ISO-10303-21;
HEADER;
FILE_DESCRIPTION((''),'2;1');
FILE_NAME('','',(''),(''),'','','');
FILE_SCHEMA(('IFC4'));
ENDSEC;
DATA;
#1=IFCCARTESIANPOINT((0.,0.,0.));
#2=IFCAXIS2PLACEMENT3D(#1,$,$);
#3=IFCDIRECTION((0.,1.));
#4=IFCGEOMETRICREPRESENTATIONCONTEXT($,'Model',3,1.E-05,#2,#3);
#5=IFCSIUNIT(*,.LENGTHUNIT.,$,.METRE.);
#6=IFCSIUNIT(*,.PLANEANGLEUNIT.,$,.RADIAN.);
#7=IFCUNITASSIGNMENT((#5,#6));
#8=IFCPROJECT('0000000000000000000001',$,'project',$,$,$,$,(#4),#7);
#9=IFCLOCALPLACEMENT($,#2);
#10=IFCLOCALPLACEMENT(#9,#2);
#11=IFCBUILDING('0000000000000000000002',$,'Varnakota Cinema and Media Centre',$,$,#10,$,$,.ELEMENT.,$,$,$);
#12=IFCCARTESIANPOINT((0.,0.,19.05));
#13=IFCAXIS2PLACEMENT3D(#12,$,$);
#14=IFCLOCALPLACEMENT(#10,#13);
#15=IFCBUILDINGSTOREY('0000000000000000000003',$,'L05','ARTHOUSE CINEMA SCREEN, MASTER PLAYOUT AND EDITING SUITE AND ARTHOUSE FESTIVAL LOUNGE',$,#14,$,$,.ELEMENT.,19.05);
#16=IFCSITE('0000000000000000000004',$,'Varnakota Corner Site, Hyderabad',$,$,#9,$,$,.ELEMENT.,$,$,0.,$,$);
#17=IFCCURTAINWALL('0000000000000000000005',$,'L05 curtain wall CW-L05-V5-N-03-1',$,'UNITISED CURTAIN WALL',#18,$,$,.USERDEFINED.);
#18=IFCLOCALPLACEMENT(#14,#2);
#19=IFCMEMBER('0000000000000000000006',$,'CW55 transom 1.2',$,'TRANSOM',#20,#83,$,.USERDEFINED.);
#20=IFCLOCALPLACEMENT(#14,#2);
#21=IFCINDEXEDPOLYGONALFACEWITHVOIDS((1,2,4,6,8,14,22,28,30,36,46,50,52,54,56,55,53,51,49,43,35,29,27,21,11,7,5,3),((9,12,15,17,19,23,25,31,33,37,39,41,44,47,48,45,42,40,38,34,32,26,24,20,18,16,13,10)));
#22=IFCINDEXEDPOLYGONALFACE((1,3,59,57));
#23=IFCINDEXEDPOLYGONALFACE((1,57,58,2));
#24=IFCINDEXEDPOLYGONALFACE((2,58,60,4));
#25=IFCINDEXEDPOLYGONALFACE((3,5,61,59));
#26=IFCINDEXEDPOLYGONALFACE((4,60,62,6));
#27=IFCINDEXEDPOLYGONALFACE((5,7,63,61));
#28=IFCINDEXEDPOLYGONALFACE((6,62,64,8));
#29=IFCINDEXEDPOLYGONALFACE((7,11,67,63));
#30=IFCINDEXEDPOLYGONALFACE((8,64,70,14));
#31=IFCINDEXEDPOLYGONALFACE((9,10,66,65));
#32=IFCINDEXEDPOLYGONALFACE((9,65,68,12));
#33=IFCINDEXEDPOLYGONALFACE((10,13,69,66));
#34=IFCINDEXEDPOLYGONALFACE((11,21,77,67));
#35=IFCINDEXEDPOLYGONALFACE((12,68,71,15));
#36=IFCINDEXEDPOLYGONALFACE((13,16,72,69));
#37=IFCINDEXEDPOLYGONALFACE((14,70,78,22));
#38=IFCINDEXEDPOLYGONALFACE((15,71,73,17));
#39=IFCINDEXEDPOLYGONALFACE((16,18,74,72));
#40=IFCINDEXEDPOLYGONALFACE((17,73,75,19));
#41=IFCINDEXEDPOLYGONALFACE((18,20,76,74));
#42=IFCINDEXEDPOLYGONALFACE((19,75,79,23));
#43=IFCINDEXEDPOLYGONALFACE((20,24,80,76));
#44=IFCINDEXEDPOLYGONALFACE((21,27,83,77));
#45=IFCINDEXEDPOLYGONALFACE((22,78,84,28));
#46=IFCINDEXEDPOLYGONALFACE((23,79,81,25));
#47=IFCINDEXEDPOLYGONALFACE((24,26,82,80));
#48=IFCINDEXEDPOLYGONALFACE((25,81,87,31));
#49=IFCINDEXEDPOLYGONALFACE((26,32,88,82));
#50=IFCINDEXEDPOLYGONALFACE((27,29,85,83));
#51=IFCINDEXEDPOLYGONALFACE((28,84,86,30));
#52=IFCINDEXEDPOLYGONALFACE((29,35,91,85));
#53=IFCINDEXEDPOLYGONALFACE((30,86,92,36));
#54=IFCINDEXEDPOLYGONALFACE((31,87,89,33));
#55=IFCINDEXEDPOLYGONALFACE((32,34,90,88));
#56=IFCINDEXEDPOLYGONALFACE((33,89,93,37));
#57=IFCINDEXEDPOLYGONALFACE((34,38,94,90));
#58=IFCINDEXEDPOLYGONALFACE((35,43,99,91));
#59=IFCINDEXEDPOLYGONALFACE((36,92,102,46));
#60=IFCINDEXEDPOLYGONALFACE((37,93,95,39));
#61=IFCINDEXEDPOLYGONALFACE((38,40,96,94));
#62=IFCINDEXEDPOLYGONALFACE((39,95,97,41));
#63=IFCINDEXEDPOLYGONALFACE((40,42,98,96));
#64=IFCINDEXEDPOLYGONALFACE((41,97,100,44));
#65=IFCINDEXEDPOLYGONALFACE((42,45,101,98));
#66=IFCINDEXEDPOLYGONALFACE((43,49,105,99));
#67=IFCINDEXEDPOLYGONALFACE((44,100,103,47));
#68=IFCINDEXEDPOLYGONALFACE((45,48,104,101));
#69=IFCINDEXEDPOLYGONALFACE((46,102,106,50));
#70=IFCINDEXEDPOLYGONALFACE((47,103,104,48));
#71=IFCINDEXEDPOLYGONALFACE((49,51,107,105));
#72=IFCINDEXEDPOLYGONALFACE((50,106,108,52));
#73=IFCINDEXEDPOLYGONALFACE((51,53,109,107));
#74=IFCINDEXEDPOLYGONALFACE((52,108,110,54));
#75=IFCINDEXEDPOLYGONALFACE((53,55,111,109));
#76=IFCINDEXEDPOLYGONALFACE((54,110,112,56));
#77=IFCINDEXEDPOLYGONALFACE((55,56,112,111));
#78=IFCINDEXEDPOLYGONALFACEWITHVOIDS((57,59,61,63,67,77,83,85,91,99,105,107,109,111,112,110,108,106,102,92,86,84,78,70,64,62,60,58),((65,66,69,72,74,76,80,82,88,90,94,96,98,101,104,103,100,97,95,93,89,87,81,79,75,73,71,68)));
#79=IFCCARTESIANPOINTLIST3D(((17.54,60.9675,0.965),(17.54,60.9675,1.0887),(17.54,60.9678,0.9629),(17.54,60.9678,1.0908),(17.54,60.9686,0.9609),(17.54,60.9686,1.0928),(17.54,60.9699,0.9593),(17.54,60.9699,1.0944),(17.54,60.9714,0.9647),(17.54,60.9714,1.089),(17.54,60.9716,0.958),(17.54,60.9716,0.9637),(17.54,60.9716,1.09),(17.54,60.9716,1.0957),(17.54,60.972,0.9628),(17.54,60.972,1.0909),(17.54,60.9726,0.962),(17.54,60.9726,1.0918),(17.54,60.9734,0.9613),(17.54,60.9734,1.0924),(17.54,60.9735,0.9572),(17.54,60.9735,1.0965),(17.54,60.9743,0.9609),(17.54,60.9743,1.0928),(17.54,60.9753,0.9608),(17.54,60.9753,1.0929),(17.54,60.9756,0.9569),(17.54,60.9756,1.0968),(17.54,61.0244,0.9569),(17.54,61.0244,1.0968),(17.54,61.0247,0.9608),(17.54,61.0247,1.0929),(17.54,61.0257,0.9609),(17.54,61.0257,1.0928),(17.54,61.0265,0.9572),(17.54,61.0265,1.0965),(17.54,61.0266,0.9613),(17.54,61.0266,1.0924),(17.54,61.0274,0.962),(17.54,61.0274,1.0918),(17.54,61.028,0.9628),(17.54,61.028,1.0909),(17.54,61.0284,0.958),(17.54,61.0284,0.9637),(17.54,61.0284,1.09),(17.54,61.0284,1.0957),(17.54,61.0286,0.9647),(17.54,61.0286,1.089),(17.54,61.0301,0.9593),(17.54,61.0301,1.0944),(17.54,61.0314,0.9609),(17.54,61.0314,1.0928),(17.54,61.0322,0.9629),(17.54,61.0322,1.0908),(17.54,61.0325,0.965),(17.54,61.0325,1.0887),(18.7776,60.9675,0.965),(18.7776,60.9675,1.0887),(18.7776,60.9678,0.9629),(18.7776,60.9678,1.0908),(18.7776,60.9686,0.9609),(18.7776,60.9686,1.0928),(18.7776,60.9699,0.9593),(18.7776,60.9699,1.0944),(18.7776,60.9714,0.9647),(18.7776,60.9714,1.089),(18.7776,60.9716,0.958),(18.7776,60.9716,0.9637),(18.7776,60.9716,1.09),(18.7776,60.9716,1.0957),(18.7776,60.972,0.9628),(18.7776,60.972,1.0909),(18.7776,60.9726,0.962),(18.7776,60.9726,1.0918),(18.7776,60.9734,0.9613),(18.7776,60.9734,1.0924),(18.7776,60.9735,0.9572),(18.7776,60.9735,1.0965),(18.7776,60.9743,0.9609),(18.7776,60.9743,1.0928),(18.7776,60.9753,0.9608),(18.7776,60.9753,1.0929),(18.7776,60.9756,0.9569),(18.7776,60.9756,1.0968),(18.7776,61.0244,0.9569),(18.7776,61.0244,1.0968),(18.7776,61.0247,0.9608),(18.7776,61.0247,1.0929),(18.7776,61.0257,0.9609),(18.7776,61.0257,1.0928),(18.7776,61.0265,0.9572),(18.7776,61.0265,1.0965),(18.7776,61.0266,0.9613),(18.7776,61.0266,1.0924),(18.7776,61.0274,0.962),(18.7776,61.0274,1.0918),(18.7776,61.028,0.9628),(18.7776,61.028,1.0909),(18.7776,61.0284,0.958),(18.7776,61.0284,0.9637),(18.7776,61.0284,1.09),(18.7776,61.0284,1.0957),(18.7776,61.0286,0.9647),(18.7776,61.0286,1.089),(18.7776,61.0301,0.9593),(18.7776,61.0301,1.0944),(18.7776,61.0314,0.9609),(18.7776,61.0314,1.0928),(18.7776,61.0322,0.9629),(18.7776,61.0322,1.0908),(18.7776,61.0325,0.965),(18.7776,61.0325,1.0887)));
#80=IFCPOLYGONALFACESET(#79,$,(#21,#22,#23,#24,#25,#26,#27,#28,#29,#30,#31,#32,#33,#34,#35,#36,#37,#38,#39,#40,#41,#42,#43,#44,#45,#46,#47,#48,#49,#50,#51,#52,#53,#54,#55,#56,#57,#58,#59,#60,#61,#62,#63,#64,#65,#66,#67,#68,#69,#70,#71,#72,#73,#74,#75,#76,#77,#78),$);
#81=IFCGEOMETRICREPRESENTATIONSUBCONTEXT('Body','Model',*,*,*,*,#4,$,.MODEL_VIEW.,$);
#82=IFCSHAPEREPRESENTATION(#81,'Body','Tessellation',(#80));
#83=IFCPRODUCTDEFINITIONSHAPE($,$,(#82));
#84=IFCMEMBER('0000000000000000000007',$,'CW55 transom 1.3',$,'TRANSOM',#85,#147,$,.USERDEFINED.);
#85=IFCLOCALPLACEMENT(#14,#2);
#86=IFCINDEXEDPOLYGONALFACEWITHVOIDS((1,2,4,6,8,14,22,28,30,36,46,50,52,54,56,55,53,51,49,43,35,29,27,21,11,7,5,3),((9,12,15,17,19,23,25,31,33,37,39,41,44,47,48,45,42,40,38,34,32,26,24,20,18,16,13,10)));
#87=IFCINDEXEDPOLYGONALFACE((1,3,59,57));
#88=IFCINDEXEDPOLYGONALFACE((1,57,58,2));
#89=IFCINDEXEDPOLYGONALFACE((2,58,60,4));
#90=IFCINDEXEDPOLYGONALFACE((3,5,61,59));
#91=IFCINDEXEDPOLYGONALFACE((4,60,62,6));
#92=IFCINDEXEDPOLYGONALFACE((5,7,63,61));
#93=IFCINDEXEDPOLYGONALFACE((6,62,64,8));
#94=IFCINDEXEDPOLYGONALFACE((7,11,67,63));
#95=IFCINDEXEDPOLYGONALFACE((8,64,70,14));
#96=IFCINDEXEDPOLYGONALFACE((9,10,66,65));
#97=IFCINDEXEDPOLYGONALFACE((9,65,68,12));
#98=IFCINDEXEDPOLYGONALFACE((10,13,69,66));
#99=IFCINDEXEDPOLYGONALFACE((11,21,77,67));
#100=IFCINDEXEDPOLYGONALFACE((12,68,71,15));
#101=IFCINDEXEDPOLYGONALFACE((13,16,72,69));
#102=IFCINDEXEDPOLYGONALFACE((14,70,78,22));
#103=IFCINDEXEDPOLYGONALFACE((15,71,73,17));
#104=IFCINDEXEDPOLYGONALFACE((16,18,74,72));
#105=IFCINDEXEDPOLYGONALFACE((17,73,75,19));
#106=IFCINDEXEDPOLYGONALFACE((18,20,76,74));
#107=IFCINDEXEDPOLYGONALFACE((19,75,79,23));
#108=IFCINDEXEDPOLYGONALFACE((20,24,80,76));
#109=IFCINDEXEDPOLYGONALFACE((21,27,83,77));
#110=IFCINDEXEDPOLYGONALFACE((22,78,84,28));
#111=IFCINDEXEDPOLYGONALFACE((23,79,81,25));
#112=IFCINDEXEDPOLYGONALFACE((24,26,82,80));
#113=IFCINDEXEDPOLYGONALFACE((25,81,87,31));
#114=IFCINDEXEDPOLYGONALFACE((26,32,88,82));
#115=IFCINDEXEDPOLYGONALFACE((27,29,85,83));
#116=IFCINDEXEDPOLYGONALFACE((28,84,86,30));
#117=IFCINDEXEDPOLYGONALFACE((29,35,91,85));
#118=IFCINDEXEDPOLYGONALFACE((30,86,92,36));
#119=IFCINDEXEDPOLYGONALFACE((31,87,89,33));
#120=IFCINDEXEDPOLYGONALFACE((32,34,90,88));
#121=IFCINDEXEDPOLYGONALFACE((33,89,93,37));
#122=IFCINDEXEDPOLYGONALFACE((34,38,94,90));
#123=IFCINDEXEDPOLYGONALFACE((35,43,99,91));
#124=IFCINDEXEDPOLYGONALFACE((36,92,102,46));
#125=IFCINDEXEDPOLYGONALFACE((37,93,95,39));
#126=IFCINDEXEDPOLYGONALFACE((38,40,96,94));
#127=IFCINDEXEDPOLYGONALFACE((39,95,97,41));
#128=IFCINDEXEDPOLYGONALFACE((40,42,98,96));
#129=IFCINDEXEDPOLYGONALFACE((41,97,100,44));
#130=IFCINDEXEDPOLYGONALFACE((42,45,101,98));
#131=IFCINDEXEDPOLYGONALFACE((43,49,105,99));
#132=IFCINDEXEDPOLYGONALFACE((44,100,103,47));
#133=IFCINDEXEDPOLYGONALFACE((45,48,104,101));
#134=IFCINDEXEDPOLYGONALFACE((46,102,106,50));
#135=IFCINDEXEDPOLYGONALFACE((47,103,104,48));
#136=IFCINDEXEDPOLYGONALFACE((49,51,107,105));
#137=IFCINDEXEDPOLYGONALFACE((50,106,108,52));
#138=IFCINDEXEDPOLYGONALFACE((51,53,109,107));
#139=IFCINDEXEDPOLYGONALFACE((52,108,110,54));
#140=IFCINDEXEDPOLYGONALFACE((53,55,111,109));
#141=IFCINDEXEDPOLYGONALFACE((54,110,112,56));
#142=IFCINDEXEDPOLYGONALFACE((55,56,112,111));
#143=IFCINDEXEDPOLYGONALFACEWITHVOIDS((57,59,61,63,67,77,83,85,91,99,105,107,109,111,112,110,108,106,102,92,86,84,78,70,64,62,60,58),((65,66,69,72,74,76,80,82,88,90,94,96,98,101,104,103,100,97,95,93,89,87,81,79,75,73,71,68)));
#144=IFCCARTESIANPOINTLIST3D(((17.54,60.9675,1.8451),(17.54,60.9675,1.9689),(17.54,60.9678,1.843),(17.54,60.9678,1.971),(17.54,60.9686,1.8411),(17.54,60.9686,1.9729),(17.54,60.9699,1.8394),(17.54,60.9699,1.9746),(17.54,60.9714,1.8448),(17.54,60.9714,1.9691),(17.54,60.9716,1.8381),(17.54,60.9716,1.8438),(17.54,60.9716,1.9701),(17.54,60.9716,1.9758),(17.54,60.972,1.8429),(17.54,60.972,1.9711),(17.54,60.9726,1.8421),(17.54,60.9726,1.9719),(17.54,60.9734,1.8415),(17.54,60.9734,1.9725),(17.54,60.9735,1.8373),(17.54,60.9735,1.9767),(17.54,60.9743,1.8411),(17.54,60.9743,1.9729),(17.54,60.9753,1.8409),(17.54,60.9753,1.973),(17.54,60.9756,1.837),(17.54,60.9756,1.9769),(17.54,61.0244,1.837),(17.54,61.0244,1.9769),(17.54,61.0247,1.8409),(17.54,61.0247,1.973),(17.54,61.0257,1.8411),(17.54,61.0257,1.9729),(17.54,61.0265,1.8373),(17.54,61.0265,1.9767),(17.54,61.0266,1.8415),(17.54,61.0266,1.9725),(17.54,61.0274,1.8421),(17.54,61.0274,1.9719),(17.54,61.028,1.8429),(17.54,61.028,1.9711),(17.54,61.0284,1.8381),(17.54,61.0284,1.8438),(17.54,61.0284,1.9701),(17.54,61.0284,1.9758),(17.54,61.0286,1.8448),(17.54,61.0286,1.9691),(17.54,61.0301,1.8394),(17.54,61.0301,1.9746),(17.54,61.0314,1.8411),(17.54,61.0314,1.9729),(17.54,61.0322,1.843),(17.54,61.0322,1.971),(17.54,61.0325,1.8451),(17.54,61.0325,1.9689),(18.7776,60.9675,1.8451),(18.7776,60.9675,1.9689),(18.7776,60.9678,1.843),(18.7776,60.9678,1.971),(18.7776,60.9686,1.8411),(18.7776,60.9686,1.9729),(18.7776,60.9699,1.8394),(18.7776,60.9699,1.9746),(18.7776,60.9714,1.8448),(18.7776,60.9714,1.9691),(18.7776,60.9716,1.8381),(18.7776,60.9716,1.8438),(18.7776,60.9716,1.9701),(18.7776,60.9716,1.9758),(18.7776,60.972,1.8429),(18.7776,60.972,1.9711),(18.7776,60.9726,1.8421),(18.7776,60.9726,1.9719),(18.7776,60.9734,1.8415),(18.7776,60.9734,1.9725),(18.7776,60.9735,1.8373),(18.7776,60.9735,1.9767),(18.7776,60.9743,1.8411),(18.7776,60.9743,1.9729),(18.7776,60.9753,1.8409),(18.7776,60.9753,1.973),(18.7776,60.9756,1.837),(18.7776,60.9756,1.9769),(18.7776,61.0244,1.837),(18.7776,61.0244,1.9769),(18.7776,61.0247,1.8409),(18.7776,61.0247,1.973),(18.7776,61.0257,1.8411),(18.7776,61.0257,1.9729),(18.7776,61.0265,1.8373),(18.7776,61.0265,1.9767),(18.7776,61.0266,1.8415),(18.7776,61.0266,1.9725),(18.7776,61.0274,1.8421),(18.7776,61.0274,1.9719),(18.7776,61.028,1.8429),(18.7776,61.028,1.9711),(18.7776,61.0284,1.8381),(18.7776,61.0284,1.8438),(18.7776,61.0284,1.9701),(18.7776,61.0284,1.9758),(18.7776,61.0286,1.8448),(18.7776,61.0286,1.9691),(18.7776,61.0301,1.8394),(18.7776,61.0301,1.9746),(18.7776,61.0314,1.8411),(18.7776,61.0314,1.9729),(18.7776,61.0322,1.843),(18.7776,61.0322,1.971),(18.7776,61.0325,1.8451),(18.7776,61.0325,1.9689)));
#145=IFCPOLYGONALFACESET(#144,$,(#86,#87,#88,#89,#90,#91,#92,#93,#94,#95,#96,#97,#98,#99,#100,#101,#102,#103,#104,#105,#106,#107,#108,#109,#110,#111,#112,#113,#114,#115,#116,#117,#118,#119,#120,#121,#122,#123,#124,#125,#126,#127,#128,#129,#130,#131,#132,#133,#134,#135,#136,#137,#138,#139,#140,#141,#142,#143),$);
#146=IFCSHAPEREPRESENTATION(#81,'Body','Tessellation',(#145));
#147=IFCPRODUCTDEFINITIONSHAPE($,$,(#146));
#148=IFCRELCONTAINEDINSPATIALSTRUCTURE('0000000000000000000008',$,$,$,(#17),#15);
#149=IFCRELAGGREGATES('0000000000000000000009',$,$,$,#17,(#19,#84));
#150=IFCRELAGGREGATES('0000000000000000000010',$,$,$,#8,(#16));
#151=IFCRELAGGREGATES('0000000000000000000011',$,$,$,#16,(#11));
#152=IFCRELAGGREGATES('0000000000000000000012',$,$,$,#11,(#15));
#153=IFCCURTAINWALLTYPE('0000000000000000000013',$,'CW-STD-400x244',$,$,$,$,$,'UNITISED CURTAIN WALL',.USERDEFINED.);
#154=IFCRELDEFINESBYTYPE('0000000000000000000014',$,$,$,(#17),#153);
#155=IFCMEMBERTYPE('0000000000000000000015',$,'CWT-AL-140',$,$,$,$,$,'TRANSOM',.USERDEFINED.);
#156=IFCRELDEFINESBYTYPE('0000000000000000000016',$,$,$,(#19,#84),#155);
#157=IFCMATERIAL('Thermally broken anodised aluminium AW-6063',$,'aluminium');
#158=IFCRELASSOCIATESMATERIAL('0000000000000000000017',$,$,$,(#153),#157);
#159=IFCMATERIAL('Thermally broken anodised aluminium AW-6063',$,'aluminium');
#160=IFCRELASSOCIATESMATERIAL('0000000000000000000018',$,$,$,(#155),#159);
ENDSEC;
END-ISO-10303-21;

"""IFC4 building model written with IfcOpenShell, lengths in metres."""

from ifc_helpers import new_model, si_unit, direction, frame, origin, origin_2d, place, context, subcontext, project, spatial, hollow_rectangle, extrude, material, material_profile, profile_set, type_object, element, aggregate, save


model = new_model("IFC4")

# Units and contexts
model_context = context("Model", 3, precision=1e-05, world=origin(), true_north=direction((0.0, 1.0)))
body_context = subcontext(model_context, "Body", "Model", "MODEL_VIEW")
ifc_project = project(units=[si_unit("LENGTHUNIT", "METRE"), si_unit("PLANEANGLEUNIT", "RADIAN")], contexts=[model_context])

# Site, building, storey
site_placement = place(None, origin())
site = spatial("IfcSite", under=ifc_project, at=site_placement, Name="Varnakota Corner Site, Hyderabad", CompositionType="ELEMENT", RefElevation=0.0)
building_placement = place(site_placement, origin())
building = spatial("IfcBuilding", under=site, at=building_placement, Name="Varnakota Cinema and Media Centre", CompositionType="ELEMENT")
storey_placement = place(building_placement, frame((0.0, 0.0, 19.05)))
storey = spatial("IfcBuildingStorey", under=building, at=storey_placement, Name="L05", Description="ARTHOUSE CINEMA SCREEN, MASTER PLAYOUT AND EDITING SUITE AND ARTHOUSE FESTIVAL LOUNGE", CompositionType="ELEMENT", Elevation=19.05)

# Curtain wall, members
ifc_material_1 = material(Name="Thermally broken anodised aluminium AW-6063", Category="aluminium")
curtain_wall_type = type_object("IfcCurtainWallType", Name="CW-STD-400x244", ElementType="UNITISED CURTAIN WALL", PredefinedType="USERDEFINED", material=ifc_material_1)
curtain_wall_placement = place(storey_placement, origin())
curtain_wall = element("IfcCurtainWall", 1, at=curtain_wall_placement, inside=storey, type_object=curtain_wall_type, Name="L05 curtain wall CW-L05-V5-N-03-1", ObjectType="UNITISED CURTAIN WALL", PredefinedType="USERDEFINED")
ifc_material_2 = material(Name="Thermally broken anodised aluminium AW-6063", Category="aluminium")
ifc_material_profile_1 = material_profile(ifc_material_2, hollow_rectangle(XDim=0.0649, YDim=0.1399, WallThickness=0.0039, InnerFilletRadius=0.0039, OuterFilletRadius=0.0081, at=origin_2d()), Name="AL-TRANSOM 140x65x4")
ifc_profile_set_1 = profile_set([ifc_material_profile_1], Name="Thermally broken anodised aluminium AW-6063")
member_type_1 = type_object("IfcMemberType", Name="CWT-AL-140", ElementType="TRANSOM", PredefinedType="USERDEFINED", material=ifc_profile_set_1)
member_1_placement = place(storey_placement, frame((17.54, 61.0, 1.0269), z_axis=(1.0, 0.0, 0.0), x_axis=(0.0, 1.0, 0.0)))
member_1 = element("IfcMember", 2, at=member_1_placement, type_object=member_type_1, Name="CW55 transom 1.2", ObjectType="TRANSOM", PredefinedType="USERDEFINED", context=body_context, shape_type="SweptSolid", body=[
    extrude(hollow_rectangle(XDim=0.0649, YDim=0.1399, WallThickness=0.0039, InnerFilletRadius=0.0039, OuterFilletRadius=0.0081, at=origin_2d()), origin(), (0.0, 0.0, 1.0), 1.2375),
])
member_2_placement = place(storey_placement, frame((17.54, 61.0, 1.907), z_axis=(1.0, 0.0, 0.0), x_axis=(0.0, 1.0, 0.0)))
member_2 = element("IfcMember", 3, at=member_2_placement, type_object=member_type_1, Name="CW55 transom 1.3", ObjectType="TRANSOM", PredefinedType="USERDEFINED", context=body_context, shape_type="SweptSolid", body=[
    extrude(hollow_rectangle(XDim=0.0649, YDim=0.1399, WallThickness=0.0039, InnerFilletRadius=0.0039, OuterFilletRadius=0.0081, at=origin_2d()), origin(), (0.0, 0.0, 1.0), 1.2375),
])
aggregate(curtain_wall, [member_1, member_2])

save(model, "model.ifc")
